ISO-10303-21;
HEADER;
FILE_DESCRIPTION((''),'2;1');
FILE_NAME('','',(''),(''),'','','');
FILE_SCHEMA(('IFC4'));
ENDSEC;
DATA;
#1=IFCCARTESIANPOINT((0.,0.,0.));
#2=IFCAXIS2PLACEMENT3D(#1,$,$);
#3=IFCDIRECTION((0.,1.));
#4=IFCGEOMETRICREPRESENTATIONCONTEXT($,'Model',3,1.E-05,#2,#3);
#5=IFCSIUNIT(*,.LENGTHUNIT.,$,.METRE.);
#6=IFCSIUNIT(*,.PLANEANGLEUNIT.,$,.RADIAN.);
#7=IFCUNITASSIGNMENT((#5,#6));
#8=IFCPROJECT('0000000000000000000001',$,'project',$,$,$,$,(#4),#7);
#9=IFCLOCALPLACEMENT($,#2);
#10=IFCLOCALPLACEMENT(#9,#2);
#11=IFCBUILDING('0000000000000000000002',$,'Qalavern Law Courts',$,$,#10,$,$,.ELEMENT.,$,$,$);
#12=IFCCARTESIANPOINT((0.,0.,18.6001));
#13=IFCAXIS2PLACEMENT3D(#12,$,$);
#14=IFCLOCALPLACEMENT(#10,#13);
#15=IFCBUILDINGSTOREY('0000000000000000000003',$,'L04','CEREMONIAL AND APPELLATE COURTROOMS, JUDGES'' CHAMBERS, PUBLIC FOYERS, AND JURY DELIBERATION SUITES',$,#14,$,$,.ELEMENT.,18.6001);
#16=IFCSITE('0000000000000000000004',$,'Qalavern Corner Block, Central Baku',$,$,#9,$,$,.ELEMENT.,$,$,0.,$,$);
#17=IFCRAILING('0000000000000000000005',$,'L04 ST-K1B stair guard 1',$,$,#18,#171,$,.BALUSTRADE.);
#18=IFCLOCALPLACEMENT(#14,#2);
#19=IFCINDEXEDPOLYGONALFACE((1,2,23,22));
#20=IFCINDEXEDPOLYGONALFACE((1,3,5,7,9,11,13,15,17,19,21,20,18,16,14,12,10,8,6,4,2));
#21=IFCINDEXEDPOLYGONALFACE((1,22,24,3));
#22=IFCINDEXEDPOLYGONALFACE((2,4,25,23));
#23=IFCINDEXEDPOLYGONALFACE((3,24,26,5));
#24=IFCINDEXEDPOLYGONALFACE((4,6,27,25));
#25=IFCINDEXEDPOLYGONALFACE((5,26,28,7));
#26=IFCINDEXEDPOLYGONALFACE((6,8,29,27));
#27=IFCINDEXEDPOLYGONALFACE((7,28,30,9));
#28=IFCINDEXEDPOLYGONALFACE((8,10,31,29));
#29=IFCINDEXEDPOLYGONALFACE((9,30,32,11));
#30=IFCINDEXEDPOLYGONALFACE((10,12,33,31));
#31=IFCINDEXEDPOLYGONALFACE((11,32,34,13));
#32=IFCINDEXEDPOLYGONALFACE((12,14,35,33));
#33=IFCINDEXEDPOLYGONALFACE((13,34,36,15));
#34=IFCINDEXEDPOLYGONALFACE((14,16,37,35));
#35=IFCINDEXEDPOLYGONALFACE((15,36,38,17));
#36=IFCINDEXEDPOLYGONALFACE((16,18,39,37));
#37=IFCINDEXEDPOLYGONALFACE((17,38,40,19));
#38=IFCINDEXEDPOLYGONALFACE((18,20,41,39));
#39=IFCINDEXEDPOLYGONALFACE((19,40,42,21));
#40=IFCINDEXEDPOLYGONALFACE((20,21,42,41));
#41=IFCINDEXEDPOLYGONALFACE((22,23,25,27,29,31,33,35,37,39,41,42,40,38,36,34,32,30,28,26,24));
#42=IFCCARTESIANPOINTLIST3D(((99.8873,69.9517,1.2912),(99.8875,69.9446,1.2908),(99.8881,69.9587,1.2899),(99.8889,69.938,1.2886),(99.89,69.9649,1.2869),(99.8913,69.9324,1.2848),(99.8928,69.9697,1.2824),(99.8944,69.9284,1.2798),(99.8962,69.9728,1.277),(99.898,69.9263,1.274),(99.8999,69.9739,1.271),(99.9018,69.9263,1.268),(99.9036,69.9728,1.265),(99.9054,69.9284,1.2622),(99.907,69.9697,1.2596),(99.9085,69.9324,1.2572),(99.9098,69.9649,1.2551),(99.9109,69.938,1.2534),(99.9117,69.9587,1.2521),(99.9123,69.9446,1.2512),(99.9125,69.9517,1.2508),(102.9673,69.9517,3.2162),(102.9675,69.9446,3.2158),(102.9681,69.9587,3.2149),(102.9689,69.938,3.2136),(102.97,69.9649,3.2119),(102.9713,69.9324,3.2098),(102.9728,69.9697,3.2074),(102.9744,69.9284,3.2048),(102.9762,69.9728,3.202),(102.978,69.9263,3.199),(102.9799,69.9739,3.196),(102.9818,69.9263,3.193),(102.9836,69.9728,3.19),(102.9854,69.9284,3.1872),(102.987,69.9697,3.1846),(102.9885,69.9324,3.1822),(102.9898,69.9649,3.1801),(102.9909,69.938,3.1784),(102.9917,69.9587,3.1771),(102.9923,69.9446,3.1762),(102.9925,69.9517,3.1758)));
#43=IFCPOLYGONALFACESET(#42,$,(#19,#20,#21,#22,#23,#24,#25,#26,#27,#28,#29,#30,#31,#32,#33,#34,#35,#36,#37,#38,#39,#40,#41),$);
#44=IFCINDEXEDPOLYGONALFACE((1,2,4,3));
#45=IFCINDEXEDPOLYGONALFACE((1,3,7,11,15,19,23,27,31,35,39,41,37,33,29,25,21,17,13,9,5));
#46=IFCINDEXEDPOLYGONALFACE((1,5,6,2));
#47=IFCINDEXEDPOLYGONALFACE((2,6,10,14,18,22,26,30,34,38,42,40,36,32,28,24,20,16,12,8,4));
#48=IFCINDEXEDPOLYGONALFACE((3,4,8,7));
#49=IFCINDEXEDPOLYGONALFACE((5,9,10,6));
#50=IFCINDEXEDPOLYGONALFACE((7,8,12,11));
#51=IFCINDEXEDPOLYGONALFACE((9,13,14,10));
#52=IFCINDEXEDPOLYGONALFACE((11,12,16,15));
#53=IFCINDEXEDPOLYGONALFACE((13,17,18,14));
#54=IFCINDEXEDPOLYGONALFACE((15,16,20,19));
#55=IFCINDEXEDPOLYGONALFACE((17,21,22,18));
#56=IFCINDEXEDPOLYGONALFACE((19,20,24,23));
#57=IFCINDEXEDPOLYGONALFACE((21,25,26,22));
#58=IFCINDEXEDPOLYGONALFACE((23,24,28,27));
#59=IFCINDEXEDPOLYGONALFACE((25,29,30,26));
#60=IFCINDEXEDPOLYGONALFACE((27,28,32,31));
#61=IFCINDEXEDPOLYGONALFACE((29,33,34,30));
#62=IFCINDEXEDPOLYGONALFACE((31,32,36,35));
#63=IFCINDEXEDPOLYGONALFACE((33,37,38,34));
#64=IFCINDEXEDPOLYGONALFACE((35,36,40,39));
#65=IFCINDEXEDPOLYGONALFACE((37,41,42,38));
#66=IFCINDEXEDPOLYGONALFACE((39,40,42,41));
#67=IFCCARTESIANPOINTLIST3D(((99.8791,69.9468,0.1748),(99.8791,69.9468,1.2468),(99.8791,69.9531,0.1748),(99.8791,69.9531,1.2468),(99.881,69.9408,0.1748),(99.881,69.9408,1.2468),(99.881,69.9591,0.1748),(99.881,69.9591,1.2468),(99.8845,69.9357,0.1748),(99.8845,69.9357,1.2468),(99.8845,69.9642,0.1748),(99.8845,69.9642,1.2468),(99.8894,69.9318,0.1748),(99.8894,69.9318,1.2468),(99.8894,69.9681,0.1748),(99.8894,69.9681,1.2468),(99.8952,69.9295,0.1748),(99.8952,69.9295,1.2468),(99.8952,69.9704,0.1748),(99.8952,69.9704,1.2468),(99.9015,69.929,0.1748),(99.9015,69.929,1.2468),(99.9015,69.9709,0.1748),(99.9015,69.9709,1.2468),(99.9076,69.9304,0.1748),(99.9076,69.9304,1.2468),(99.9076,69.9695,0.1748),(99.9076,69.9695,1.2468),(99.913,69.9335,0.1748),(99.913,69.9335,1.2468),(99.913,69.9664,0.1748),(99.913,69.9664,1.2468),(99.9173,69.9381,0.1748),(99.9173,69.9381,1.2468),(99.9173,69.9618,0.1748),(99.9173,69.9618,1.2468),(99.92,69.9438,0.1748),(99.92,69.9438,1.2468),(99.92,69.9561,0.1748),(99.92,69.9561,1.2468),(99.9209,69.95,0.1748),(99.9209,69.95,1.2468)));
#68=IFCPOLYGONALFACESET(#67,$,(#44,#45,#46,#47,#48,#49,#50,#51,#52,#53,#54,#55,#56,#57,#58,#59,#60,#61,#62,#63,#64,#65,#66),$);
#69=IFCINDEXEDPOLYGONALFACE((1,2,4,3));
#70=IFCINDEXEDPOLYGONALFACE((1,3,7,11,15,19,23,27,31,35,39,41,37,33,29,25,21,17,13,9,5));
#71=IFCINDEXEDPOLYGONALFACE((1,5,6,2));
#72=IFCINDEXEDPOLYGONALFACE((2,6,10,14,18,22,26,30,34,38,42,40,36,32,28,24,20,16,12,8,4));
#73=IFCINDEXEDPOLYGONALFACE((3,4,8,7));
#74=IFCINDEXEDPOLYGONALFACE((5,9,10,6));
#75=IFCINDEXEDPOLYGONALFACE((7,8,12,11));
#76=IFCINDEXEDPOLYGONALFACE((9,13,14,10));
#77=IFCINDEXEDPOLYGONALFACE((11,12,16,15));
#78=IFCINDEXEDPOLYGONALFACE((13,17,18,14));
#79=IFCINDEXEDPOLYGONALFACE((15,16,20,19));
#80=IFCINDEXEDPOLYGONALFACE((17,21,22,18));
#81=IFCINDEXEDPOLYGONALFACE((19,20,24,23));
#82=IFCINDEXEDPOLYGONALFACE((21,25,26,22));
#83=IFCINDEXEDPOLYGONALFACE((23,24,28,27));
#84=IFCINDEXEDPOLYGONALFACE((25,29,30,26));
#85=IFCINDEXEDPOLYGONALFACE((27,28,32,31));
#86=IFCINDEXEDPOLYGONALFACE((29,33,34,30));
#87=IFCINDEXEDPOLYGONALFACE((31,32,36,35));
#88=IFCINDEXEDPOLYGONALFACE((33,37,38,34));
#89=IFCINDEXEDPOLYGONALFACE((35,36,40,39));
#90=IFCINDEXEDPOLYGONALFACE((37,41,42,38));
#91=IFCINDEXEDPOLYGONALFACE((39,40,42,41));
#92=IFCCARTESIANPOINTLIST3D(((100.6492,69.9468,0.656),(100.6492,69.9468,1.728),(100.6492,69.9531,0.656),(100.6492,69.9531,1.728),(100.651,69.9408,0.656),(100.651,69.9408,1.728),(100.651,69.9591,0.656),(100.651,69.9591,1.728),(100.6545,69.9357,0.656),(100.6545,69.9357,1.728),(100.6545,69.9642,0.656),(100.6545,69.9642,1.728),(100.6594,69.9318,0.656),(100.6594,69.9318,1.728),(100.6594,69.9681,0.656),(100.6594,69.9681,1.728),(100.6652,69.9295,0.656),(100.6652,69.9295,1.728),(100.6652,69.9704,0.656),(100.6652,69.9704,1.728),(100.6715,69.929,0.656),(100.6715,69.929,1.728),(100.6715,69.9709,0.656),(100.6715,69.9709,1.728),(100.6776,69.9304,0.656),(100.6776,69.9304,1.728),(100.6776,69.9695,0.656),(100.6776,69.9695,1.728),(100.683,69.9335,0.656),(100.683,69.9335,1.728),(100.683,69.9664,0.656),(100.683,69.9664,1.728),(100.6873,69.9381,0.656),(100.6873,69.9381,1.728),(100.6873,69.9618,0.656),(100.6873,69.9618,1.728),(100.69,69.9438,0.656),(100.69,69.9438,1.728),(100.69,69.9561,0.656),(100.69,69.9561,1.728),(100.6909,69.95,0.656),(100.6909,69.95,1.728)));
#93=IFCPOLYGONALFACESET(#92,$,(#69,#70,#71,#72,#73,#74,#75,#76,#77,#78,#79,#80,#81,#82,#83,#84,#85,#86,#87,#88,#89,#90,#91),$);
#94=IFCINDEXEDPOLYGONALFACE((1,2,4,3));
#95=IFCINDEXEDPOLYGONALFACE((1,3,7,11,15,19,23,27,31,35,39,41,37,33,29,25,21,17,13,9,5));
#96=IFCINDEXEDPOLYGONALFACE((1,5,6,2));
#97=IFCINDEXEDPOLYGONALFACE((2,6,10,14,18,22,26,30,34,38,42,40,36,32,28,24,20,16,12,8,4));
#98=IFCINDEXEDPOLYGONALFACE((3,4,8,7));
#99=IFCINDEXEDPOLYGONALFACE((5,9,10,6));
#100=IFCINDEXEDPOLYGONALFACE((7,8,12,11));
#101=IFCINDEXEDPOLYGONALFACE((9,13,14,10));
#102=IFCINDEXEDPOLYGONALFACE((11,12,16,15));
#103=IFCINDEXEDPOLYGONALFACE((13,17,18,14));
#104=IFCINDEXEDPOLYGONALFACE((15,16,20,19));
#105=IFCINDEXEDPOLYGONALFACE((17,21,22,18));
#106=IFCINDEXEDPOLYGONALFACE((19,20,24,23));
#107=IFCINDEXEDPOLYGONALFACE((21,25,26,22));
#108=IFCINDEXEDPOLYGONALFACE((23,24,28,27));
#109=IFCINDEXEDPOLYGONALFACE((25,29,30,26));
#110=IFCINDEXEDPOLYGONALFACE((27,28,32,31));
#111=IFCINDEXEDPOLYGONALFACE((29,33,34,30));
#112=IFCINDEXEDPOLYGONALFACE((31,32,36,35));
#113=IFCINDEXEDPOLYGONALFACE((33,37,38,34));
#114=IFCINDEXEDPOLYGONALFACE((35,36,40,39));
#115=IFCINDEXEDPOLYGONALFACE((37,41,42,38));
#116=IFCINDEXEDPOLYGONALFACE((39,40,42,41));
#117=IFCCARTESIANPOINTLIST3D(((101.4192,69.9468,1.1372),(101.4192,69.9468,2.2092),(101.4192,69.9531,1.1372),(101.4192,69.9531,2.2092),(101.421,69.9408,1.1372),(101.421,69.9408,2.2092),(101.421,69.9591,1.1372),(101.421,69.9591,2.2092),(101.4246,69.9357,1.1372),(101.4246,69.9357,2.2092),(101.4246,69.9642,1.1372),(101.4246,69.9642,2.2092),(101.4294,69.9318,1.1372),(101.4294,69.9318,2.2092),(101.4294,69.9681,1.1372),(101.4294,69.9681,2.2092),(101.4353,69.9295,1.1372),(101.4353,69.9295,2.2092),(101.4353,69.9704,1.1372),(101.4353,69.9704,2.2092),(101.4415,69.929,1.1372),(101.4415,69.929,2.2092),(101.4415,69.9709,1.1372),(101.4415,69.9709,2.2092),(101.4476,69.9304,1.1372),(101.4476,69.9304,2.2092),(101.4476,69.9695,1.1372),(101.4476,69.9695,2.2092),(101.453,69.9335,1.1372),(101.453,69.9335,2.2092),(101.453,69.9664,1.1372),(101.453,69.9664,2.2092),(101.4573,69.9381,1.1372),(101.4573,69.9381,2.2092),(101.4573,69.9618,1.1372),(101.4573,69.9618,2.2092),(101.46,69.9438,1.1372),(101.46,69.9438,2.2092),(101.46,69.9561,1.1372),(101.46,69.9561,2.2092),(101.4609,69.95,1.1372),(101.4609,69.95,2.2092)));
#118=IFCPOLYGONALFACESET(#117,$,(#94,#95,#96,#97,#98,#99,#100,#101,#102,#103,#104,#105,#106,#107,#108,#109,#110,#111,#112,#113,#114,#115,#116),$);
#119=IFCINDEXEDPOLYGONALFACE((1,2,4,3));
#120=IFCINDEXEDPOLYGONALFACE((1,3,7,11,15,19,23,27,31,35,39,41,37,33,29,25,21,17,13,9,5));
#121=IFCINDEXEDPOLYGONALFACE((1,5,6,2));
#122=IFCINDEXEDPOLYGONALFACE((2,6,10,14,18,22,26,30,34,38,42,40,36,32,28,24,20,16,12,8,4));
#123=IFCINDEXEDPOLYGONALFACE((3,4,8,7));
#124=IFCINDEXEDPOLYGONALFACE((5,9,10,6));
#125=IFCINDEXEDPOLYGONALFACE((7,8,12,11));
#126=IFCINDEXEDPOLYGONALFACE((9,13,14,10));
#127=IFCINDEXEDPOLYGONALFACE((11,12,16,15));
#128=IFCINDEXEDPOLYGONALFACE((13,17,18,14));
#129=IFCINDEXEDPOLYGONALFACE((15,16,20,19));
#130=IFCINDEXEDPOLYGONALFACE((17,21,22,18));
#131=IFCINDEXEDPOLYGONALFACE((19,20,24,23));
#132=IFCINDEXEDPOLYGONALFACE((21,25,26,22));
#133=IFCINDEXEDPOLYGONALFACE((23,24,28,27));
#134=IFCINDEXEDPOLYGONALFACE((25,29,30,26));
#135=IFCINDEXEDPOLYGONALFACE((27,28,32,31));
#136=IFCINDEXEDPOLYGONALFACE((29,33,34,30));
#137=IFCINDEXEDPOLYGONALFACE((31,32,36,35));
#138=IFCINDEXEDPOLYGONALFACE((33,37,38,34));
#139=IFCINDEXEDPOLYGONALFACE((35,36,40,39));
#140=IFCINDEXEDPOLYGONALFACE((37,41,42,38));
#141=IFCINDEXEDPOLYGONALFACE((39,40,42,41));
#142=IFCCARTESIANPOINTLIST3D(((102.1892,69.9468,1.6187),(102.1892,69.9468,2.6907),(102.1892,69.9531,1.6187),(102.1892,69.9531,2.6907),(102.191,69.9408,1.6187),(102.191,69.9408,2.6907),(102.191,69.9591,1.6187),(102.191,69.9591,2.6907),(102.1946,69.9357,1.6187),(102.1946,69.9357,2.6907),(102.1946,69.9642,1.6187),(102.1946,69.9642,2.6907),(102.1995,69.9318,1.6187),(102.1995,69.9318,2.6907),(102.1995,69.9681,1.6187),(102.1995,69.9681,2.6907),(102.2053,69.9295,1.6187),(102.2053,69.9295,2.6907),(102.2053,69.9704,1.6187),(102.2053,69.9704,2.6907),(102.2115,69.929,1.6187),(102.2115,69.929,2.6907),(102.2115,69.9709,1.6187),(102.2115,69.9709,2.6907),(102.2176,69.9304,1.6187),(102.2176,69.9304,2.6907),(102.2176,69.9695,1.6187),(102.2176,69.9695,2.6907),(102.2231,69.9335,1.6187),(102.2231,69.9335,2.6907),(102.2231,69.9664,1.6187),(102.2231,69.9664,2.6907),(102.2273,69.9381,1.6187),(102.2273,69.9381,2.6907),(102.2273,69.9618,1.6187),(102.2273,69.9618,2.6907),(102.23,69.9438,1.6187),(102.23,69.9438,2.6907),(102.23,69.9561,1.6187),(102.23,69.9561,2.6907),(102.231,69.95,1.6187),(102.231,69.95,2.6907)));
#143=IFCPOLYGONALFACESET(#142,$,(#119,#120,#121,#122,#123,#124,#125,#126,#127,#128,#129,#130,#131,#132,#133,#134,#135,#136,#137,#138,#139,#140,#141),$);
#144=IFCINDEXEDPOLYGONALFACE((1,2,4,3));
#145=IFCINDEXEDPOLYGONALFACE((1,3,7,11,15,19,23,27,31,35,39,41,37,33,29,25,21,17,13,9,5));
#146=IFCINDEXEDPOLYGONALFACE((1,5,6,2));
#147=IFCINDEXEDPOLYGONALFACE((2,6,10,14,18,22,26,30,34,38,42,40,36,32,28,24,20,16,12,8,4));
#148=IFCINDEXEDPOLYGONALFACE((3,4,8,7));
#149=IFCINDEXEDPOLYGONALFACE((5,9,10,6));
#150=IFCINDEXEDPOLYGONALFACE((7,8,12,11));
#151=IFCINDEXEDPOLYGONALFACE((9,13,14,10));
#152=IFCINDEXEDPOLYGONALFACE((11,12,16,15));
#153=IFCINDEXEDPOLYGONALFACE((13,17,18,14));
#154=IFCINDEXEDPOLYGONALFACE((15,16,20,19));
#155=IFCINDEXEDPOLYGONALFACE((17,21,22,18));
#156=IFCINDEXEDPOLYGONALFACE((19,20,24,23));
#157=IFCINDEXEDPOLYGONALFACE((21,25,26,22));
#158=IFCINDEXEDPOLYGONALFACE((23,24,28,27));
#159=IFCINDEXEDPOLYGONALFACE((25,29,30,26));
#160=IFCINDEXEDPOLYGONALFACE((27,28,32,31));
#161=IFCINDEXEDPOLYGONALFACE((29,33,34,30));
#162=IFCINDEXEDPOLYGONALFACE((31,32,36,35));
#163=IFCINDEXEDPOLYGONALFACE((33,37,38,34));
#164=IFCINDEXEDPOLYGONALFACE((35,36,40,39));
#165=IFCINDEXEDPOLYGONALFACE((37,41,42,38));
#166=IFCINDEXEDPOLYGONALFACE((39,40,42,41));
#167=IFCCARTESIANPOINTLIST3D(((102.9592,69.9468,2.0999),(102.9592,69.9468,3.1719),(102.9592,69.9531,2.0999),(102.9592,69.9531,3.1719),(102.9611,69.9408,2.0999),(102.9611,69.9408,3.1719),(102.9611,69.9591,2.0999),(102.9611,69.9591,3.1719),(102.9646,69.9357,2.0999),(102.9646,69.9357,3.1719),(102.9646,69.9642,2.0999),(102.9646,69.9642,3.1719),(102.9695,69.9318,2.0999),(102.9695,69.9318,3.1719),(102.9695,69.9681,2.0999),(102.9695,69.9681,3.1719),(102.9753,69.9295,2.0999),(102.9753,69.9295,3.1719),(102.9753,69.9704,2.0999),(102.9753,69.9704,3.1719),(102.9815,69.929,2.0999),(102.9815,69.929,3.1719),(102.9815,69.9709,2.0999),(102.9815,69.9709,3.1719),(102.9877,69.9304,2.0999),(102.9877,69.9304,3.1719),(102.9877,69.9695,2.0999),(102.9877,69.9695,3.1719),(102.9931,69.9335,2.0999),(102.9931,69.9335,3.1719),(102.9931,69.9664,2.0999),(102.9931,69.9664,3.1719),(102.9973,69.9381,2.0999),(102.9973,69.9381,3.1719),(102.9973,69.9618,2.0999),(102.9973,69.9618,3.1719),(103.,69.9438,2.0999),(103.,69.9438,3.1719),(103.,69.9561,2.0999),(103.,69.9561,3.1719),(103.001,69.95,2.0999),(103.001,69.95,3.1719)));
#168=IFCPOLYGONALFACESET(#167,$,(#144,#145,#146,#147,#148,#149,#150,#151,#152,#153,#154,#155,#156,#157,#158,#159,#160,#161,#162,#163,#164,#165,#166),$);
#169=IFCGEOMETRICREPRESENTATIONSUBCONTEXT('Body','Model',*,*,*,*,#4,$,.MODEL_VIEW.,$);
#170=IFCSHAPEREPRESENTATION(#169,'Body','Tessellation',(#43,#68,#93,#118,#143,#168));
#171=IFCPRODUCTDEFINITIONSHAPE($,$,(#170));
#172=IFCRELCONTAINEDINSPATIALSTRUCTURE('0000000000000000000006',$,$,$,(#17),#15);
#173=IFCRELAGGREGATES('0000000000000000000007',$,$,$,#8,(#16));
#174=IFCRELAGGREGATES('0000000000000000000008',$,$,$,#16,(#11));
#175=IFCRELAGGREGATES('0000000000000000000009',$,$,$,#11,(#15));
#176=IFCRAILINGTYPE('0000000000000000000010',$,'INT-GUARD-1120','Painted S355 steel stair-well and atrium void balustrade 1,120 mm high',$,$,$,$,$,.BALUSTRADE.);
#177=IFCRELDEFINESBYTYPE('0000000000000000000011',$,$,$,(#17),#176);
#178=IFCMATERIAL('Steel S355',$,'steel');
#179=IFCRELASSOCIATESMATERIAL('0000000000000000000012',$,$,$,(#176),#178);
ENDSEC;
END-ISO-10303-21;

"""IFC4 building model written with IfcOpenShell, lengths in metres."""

from ifc_helpers import new_model, si_unit, direction, frame, origin, origin_2d, place, context, subcontext, project, spatial, circle, extrude, material, type_object, element, save


model = new_model("IFC4")

# Units and contexts
model_context = context("Model", 3, precision=1e-05, world=origin(), true_north=direction((0.0, 1.0)))
body_context = subcontext(model_context, "Body", "Model", "MODEL_VIEW")
ifc_project = project(units=[si_unit("LENGTHUNIT", "METRE"), si_unit("PLANEANGLEUNIT", "RADIAN")], contexts=[model_context])

# Site, building, storey
site_placement = place(None, origin())
site = spatial("IfcSite", under=ifc_project, at=site_placement, Name="Qalavern Corner Block, Central Baku", CompositionType="ELEMENT", RefElevation=0.0)
building_placement = place(site_placement, origin())
building = spatial("IfcBuilding", under=site, at=building_placement, Name="Qalavern Law Courts", CompositionType="ELEMENT")
storey_placement = place(building_placement, frame((0.0, 0.0, 18.6001)))
storey = spatial("IfcBuildingStorey", under=building, at=storey_placement, Name="L04", Description="CEREMONIAL AND APPELLATE COURTROOMS, JUDGES' CHAMBERS, PUBLIC FOYERS, AND JURY DELIBERATION SUITES", CompositionType="ELEMENT", Elevation=18.6001)

# Shared definitions
ifc_material_1 = material(Name="Steel S355", Category="steel")

# Railing
railing_type_1 = type_object("IfcRailingType", Name="INT-GUARD-1120", Description="Painted S355 steel stair-well and atrium void balustrade 1,120 mm high", PredefinedType="BALUSTRADE", material=ifc_material_1)
railing_1_placement = place(storey_placement, frame((99.8999, 69.95, 0.1748)))
element("IfcRailing", 1, at=railing_1_placement, inside=storey, type_object=railing_type_1, Name="L04 ST-K1B stair guard 1", PredefinedType="BALUSTRADE", context=body_context, shape_type="SweptSolid", body=[
    extrude(circle(Radius=0.0239, at=origin_2d()), frame((0.0, 0.0, 1.0962), z_axis=(0.847998, 0.0, 0.529999), x_axis=(0.0, 1.0, 0.0)), (0.0, 0.0, 1.0), 3.6321),
    extrude(circle(Radius=0.021, at=origin_2d()), origin(), (0.0, 0.0, 1.0), 1.072),
    extrude(circle(Radius=0.021, at=origin_2d()), frame((0.77, 0.0, 0.4812)), (0.0, 0.0, 1.0), 1.072),
    extrude(circle(Radius=0.021, at=origin_2d()), frame((1.54, 0.0, 0.9624)), (0.0, 0.0, 1.0), 1.072),
    extrude(circle(Radius=0.021, at=origin_2d()), frame((2.3101, 0.0, 1.4438)), (0.0, 0.0, 1.0), 1.072),
    extrude(circle(Radius=0.021, at=origin_2d()), frame((3.0801, 0.0, 1.925)), (0.0, 0.0, 1.0), 1.072),
])

save(model, "model.ifc")
